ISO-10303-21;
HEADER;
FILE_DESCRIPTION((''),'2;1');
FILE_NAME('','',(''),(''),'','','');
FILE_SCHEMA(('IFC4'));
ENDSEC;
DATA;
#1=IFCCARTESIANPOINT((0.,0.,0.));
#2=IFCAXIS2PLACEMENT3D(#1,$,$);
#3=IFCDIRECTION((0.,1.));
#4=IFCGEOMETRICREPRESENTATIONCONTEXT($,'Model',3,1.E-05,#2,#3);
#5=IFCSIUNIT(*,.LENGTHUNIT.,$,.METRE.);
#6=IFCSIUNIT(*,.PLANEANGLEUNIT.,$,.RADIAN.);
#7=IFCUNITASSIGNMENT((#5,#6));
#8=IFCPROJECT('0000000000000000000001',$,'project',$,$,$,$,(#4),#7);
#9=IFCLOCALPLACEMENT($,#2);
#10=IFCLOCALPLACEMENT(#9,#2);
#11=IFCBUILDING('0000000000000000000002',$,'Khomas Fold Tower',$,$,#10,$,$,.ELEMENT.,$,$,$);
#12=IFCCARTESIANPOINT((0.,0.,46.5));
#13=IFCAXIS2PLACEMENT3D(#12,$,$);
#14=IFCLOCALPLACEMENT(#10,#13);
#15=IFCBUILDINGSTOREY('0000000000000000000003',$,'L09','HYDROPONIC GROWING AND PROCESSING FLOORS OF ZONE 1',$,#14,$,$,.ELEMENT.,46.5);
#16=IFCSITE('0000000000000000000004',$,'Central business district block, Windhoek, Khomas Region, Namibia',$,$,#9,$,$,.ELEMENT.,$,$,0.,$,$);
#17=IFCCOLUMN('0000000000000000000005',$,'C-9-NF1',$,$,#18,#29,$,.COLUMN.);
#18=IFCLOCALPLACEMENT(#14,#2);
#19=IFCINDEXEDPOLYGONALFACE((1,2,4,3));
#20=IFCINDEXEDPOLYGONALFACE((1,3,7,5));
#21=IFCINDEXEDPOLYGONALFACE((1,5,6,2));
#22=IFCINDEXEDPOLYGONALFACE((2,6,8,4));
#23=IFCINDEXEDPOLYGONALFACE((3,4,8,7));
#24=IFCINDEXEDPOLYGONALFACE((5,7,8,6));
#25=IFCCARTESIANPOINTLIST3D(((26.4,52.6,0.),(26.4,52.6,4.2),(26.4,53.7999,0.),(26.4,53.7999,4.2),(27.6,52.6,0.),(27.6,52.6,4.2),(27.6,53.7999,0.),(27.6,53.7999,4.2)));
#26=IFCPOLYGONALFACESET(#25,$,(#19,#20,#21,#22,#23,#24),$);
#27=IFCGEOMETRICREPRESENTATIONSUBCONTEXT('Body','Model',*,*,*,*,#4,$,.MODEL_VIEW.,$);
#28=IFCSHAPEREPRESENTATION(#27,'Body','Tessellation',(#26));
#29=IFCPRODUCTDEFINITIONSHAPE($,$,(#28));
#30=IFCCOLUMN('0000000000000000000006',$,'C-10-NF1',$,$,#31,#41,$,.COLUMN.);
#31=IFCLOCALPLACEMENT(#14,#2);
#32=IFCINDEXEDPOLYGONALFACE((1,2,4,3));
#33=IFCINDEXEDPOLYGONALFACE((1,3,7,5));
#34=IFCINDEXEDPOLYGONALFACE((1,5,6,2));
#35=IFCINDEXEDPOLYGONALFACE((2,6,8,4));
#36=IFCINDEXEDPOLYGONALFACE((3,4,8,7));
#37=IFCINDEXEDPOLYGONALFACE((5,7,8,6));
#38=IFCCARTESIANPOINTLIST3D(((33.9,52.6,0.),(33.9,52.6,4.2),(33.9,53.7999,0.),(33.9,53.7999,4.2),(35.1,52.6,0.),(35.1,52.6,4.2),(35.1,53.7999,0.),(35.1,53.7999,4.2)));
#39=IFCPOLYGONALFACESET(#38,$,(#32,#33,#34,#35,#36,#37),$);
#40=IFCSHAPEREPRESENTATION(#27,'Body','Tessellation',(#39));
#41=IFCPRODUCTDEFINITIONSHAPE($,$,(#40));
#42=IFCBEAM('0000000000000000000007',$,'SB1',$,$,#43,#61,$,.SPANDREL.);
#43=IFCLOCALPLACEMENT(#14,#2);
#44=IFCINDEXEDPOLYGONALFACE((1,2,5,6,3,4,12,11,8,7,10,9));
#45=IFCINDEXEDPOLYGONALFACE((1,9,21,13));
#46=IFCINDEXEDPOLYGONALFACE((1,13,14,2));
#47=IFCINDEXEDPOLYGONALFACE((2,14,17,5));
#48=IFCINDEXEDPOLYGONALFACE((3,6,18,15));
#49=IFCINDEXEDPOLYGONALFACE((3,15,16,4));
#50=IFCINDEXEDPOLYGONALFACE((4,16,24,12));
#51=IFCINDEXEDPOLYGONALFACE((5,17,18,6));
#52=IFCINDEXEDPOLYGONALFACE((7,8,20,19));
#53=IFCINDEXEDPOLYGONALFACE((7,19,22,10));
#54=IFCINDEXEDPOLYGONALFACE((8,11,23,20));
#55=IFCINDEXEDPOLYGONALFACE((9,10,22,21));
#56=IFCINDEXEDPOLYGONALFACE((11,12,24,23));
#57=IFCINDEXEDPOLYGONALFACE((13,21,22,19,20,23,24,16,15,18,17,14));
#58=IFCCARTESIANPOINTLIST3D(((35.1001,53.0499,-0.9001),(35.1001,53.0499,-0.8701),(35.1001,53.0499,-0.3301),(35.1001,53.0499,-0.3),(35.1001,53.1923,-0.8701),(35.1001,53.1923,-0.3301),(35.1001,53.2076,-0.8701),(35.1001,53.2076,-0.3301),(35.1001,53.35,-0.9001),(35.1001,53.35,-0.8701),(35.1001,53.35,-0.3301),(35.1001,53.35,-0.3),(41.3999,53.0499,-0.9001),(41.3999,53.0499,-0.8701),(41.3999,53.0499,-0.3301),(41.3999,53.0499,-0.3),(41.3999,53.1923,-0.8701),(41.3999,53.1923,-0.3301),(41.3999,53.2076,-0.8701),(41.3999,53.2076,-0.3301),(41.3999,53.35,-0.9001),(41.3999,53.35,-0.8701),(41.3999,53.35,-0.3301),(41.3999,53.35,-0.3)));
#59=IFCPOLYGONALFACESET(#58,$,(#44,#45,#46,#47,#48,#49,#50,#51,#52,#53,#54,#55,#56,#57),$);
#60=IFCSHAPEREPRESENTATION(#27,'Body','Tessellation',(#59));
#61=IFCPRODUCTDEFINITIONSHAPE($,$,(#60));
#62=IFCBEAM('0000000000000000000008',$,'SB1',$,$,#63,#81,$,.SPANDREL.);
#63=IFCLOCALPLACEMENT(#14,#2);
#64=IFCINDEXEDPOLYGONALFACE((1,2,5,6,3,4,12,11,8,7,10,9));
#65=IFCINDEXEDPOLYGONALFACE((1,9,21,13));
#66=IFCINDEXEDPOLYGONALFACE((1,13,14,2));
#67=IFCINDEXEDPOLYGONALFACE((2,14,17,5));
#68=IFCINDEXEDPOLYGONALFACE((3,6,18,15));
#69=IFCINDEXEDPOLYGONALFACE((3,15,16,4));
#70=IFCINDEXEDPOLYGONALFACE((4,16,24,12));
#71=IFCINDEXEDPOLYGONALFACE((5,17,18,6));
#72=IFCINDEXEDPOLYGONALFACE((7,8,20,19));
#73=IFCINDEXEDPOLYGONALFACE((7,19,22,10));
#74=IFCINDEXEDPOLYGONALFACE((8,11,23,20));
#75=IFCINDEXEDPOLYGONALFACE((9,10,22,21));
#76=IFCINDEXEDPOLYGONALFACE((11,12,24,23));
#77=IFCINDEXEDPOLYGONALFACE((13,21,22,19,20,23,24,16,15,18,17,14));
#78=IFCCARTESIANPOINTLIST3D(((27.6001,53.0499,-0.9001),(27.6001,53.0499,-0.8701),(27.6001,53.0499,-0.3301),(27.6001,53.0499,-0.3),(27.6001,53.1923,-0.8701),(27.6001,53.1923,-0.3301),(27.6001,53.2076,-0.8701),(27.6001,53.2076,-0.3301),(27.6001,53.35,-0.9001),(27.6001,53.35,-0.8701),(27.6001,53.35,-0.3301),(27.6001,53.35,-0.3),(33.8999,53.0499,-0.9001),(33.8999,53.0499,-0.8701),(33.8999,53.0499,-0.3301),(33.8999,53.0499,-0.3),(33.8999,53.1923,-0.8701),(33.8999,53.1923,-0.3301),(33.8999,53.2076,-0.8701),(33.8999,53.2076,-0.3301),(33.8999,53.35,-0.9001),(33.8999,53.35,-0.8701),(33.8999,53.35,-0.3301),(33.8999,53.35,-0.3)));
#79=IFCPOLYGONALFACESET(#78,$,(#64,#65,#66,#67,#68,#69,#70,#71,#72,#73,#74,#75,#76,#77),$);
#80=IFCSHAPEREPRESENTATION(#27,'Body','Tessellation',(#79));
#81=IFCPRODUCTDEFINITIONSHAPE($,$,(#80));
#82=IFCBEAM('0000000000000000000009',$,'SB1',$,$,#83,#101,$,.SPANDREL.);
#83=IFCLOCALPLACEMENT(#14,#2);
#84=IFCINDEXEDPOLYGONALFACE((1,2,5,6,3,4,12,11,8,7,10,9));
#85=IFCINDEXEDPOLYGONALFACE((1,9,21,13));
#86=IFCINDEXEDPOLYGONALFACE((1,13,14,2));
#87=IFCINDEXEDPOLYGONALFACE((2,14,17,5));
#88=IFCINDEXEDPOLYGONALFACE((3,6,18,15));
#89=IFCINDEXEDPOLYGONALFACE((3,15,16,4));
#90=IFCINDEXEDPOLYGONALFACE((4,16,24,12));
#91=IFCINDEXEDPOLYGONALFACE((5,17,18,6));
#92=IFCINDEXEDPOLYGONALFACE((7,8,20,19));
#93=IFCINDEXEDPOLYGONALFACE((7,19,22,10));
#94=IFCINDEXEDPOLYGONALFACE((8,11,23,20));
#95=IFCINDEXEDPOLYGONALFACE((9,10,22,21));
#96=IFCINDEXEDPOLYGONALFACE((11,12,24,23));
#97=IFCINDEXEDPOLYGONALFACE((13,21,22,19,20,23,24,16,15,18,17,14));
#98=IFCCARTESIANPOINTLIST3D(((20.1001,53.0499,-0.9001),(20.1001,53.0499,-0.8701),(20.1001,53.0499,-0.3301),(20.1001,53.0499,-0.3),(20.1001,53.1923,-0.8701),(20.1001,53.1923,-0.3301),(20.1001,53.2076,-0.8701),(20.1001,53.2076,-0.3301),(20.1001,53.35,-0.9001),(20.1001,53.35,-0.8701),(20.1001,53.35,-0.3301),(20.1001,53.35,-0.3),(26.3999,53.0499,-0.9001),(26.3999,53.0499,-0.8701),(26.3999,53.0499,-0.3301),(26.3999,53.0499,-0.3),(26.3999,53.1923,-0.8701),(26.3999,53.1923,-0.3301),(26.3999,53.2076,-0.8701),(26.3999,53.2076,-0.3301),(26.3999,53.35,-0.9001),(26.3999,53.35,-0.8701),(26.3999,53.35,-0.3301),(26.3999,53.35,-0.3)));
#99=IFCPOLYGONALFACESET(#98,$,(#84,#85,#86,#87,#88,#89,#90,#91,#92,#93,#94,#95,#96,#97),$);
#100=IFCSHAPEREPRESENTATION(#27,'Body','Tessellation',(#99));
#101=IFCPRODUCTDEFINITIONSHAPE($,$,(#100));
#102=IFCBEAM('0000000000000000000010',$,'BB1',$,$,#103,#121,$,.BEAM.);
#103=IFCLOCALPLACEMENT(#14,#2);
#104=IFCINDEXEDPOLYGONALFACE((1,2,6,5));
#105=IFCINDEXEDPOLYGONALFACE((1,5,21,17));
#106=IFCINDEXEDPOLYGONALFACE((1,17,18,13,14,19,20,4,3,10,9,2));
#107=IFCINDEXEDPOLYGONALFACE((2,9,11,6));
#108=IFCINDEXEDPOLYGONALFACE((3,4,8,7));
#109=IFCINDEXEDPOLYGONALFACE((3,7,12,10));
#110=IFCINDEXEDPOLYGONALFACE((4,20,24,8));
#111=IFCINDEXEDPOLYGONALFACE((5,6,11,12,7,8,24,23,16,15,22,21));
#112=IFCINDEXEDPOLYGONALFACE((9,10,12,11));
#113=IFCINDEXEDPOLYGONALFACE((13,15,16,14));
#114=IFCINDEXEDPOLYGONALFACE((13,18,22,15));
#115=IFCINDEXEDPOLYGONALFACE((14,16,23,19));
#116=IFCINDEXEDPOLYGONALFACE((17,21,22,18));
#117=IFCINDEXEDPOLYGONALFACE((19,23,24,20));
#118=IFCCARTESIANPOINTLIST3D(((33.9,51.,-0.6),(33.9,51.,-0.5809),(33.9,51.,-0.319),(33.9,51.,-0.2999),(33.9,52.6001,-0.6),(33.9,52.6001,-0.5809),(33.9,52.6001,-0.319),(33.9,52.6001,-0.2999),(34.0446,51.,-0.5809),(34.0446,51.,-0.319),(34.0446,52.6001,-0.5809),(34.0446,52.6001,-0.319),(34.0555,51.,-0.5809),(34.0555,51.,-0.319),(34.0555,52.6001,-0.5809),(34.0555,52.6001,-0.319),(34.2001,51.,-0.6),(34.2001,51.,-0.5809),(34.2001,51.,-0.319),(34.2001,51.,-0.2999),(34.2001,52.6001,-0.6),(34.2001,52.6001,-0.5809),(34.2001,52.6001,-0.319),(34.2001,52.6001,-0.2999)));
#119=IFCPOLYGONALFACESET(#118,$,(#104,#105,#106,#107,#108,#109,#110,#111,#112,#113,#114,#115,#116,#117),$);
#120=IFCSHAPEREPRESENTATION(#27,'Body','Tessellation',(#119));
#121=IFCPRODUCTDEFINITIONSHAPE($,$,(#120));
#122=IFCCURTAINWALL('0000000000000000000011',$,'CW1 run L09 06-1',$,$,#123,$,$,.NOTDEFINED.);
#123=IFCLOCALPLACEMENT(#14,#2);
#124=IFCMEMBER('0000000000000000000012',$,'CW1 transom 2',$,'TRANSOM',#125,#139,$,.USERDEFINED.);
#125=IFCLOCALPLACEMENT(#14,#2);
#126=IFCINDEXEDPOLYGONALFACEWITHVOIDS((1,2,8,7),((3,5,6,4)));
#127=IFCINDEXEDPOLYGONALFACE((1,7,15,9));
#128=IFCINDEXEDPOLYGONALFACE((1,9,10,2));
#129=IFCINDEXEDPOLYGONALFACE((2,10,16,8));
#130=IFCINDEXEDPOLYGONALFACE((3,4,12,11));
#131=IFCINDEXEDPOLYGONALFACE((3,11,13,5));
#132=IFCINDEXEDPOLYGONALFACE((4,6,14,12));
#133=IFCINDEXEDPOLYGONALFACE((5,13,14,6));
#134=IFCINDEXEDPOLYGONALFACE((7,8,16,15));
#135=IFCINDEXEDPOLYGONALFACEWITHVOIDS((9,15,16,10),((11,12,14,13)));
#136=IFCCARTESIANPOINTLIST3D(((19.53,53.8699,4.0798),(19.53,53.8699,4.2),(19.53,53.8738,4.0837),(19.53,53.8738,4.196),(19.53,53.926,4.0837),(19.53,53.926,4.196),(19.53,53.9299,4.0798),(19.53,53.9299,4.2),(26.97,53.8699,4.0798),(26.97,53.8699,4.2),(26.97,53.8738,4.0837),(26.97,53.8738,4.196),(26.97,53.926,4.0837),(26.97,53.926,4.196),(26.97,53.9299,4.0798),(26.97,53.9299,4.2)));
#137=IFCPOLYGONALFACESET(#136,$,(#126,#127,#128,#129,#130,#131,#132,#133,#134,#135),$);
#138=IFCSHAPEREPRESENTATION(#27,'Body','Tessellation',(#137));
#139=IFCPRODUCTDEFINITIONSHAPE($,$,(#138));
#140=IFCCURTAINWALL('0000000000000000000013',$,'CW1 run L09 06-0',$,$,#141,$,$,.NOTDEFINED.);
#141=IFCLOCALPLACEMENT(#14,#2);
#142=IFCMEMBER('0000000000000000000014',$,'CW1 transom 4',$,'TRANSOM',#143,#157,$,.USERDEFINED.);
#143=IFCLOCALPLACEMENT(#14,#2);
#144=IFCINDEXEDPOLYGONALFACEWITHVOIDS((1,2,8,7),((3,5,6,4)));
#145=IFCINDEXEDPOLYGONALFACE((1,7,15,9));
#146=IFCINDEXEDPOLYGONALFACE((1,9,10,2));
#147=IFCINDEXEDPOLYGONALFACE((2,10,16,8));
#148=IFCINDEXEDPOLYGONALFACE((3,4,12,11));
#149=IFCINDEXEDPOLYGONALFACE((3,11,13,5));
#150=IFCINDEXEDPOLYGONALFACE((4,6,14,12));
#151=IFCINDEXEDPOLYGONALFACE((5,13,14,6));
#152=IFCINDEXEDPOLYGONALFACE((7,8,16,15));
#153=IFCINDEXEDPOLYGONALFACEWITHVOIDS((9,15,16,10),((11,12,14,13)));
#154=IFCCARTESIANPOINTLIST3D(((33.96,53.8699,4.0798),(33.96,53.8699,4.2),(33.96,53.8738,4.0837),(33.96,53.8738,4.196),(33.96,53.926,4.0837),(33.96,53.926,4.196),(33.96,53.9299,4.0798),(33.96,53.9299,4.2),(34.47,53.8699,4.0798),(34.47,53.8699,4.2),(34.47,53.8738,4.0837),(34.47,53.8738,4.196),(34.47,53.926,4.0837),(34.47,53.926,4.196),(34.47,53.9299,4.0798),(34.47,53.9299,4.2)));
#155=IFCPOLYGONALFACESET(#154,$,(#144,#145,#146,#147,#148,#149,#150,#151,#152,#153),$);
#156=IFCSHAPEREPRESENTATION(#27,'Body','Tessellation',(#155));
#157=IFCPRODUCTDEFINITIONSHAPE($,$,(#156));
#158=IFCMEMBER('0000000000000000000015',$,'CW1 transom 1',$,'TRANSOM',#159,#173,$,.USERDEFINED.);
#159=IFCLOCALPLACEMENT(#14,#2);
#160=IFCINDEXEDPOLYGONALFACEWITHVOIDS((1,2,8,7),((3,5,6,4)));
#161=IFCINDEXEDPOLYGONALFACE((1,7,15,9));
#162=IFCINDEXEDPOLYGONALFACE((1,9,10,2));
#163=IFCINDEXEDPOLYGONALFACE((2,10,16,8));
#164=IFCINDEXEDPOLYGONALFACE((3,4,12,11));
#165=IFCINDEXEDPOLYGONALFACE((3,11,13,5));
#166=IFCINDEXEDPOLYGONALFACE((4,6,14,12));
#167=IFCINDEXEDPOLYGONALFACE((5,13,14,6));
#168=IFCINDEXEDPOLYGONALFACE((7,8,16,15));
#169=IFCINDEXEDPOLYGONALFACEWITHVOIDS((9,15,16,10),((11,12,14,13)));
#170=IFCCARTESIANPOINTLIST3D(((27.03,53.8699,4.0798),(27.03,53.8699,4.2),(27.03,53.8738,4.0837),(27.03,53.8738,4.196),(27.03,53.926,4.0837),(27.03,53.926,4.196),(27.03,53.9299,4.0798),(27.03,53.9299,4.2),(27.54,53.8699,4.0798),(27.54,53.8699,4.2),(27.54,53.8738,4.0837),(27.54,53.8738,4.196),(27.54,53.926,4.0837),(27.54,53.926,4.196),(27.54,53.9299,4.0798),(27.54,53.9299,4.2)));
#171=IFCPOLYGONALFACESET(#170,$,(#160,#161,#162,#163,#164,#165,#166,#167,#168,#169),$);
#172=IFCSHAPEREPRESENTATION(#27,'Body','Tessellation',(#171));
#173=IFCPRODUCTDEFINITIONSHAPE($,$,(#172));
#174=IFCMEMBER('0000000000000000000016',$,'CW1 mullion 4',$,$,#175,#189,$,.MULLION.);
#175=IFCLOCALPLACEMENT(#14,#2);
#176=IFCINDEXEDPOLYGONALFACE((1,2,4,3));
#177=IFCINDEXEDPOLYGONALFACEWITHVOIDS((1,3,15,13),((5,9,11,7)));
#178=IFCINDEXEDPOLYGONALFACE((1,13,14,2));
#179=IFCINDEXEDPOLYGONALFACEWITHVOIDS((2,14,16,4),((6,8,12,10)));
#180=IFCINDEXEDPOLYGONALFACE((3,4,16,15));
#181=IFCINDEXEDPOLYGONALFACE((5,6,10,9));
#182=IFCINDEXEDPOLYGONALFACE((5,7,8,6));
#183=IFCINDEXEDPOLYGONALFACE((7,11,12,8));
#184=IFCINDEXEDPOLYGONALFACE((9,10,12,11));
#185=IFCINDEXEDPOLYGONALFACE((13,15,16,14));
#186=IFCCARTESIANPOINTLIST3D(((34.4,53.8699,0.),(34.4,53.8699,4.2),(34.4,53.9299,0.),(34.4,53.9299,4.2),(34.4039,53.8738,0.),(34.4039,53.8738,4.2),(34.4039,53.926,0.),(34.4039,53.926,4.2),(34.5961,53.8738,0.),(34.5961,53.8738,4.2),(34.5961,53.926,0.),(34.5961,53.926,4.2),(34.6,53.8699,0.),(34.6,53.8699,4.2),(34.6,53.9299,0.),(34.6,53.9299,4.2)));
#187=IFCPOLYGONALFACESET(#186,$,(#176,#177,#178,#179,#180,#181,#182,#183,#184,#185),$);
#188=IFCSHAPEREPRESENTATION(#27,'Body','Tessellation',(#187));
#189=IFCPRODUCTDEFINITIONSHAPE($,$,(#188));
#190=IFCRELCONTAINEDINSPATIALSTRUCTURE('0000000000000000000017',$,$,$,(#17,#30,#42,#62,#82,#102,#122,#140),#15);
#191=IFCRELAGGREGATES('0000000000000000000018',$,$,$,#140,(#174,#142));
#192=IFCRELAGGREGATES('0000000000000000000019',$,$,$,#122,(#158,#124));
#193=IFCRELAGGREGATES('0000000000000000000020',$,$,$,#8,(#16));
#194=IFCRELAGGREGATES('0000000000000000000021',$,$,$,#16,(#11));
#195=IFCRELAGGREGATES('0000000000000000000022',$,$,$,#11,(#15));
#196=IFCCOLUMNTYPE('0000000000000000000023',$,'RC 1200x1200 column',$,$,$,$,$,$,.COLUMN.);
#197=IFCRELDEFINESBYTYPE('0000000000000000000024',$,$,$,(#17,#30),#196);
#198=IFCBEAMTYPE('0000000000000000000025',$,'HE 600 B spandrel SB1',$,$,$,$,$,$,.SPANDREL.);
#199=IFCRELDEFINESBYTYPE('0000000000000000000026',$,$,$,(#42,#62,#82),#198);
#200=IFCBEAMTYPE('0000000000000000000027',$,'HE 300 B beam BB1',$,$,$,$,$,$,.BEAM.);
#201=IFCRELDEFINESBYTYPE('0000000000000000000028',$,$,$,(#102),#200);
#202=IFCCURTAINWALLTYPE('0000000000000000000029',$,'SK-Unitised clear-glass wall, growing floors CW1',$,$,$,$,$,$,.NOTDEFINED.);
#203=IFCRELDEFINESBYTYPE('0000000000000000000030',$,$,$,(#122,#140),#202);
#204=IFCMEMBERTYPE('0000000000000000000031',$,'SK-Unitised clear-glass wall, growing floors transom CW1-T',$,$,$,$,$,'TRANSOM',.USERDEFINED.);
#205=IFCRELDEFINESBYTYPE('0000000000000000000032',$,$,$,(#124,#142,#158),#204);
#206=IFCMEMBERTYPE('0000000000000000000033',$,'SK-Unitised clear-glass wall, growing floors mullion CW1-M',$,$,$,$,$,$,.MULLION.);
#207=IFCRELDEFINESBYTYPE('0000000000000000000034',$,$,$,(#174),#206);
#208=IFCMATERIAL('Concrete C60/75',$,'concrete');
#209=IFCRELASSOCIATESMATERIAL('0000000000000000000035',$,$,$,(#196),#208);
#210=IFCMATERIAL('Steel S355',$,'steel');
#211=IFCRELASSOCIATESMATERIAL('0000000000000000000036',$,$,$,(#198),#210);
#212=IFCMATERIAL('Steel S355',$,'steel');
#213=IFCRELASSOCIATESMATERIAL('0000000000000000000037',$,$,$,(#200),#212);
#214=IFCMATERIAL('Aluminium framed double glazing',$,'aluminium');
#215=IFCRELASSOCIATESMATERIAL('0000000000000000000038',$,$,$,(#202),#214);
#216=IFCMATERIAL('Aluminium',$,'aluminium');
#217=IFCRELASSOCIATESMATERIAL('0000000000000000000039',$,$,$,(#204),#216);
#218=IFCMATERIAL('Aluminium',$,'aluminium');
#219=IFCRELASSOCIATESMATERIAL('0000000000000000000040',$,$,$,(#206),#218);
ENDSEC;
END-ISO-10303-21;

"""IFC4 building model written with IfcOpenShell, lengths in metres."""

from ifc_helpers import new_model, si_unit, direction, frame, origin, origin_2d, place, context, subcontext, project, spatial, rectangle, hollow_rectangle, i_section, extrude, source, transform, mapped, material, material_profile, profile_set, type_object, element, aggregate, save


model = new_model("IFC4")

# Units and contexts
model_context = context("Model", 3, precision=1e-05, world=origin(), true_north=direction((0.0, 1.0)))
body_context = subcontext(model_context, "Body", "Model", "MODEL_VIEW")
ifc_project = project(units=[si_unit("LENGTHUNIT", "METRE"), si_unit("PLANEANGLEUNIT", "RADIAN")], contexts=[model_context])

# Site, building, storey
site_placement = place(None, origin())
site = spatial("IfcSite", under=ifc_project, at=site_placement, Name="Central business district block, Windhoek, Khomas Region, Namibia", CompositionType="ELEMENT", RefElevation=0.0)
building_placement = place(site_placement, origin())
building = spatial("IfcBuilding", under=site, at=building_placement, Name="Khomas Fold Tower", CompositionType="ELEMENT")
storey_placement = place(building_placement, frame((0.0, 0.0, 46.5)))
storey = spatial("IfcBuildingStorey", under=building, at=storey_placement, Name="L09", Description="HYDROPONIC GROWING AND PROCESSING FLOORS OF ZONE 1", CompositionType="ELEMENT", Elevation=46.5)

# Columns
ifc_material_1 = material(Name="Concrete C60/75", Category="concrete")
ifc_material_profile_1 = material_profile(ifc_material_1, rectangle(XDim=1.2, YDim=1.2, at=origin_2d()), Name="RC 1200x1200")
ifc_profile_set_1 = profile_set([ifc_material_profile_1], Name="Concrete C60/75")
column_type = type_object("IfcColumnType", Name="RC 1200x1200 column", PredefinedType="COLUMN", material=ifc_profile_set_1)
shared_shape_1 = source(origin(), body_context, "Body", "SweptSolid", [
    extrude(rectangle(XDim=1.2, YDim=1.2, at=origin_2d()), origin(), (0.0, 0.0, 1.0), 4.2),
])
for number, where, z_axis, x_axis, name in (
    (1, (27.0, 53.2, 0.0), (0.0, 0.0, 1.0), (1.0, 0.0, 0.0), "C-9-NF1"),
    (2, (34.5, 53.2, 0.0), (0.0, 0.0, 1.0), (1.0, 0.0, 0.0), "C-10-NF1"),
):
    element("IfcColumn", number, at=place(storey_placement, frame(where, z_axis=z_axis, x_axis=x_axis)), inside=storey, type_object=column_type, Name=name, PredefinedType="COLUMN", context=body_context, shape_type="MappedRepresentation", body=[
        mapped(shared_shape_1, transform((0.0, 0.0, 0.0))),
    ])

# Beams
ifc_material_2 = material(Name="Steel S355", Category="steel")
ifc_material_profile_2 = material_profile(ifc_material_2, i_section(OverallWidth=0.3, OverallDepth=0.6001, WebThickness=0.0154, FlangeThickness=0.03, at=origin_2d()), Name="HE 600 B")
ifc_profile_set_2 = profile_set([ifc_material_profile_2], Name="Steel S355")
beam_type_1 = type_object("IfcBeamType", Name="HE 600 B spandrel SB1", PredefinedType="SPANDREL", material=ifc_profile_set_2)
shared_shape_2 = source(origin(), body_context, "Body", "SweptSolid", [
    extrude(i_section(OverallWidth=0.3, OverallDepth=0.6001, WebThickness=0.0154, FlangeThickness=0.03, at=origin_2d()), origin(), (0.0, 0.0, 1.0), 6.2998),
])
for number, where, z_axis, x_axis, name in (
    (3, (35.1001, 53.2, -0.6001), (1.0, 0.0, 0.0), (0.0, 1.0, 0.0), "SB1"),
    (4, (27.6001, 53.2, -0.6001), (1.0, 0.0, 0.0), (0.0, 1.0, 0.0), "SB1"),
    (5, (20.1001, 53.2, -0.6001), (1.0, 0.0, 0.0), (0.0, 1.0, 0.0), "SB1"),
):
    element("IfcBeam", number, at=place(storey_placement, frame(where, z_axis=z_axis, x_axis=x_axis)), inside=storey, type_object=beam_type_1, Name=name, PredefinedType="SPANDREL", context=body_context, shape_type="MappedRepresentation", body=[
        mapped(shared_shape_2, transform((0.0, 0.0, 0.0))),
    ])
ifc_material_3 = material(Name="Steel S355", Category="steel")
ifc_material_profile_3 = material_profile(ifc_material_3, i_section(OverallWidth=0.3, OverallDepth=0.3, WebThickness=0.011, FlangeThickness=0.019, at=origin_2d()), Name="HE 300 B")
ifc_profile_set_3 = profile_set([ifc_material_profile_3], Name="Steel S355")
beam_type_2 = type_object("IfcBeamType", Name="HE 300 B beam BB1", PredefinedType="BEAM", material=ifc_profile_set_3)
shared_shape_3 = source(origin(), body_context, "Body", "SweptSolid", [
    extrude(i_section(OverallWidth=0.3, OverallDepth=0.3, WebThickness=0.011, FlangeThickness=0.019, at=origin_2d()), origin(), (0.0, 0.0, 1.0), 1.6001),
])
beam_placement = place(storey_placement, frame((34.05, 51.0, -0.45), z_axis=(0.0, 1.0, 0.0), x_axis=(-1.0, 0.0, 0.0)))
element("IfcBeam", 6, at=beam_placement, inside=storey, type_object=beam_type_2, Name="BB1", PredefinedType="BEAM", context=body_context, shape_type="MappedRepresentation", body=[
    mapped(shared_shape_3, transform((0.0, 0.0, 0.0))),
])

# Curtain walls, members
ifc_material_4 = material(Name="Aluminium framed double glazing", Category="aluminium")
curtain_wall_type = type_object("IfcCurtainWallType", Name="SK-Unitised clear-glass wall, growing floors CW1", PredefinedType="NOTDEFINED", material=ifc_material_4)
curtain_wall_1_placement = place(storey_placement, origin())
curtain_wall_1 = element("IfcCurtainWall", 7, at=curtain_wall_1_placement, inside=storey, type_object=curtain_wall_type, Name="CW1 run L09 06-1", PredefinedType="NOTDEFINED")
ifc_material_5 = material(Name="Aluminium", Category="aluminium")
ifc_material_profile_4 = material_profile(ifc_material_5, hollow_rectangle(XDim=0.0601, YDim=0.1201, WallThickness=0.0039, at=origin_2d()), Name="SK-Unitised clear-glass wall, growing floors transom CW1-T")
ifc_profile_set_4 = profile_set([ifc_material_profile_4], Name="Aluminium")
member_type_1 = type_object("IfcMemberType", Name="SK-Unitised clear-glass wall, growing floors transom CW1-T", ElementType="TRANSOM", PredefinedType="USERDEFINED", material=ifc_profile_set_4)
shared_shape_4 = source(origin(), body_context, "Body", "SweptSolid", [
    extrude(hollow_rectangle(XDim=0.0601, YDim=0.1201, WallThickness=0.0039, at=origin_2d()), origin(), (0.0, 0.0, 1.0), 7.4399),
])
member_1_placement = place(storey_placement, frame((26.97, 53.8999, 4.1399), z_axis=(-1.0, 0.0, 0.0), x_axis=(0.0, -1.0, 0.0)))
member_1 = element("IfcMember", 8, at=member_1_placement, type_object=member_type_1, Name="CW1 transom 2", ObjectType="TRANSOM", PredefinedType="USERDEFINED", context=body_context, shape_type="MappedRepresentation", body=[
    mapped(shared_shape_4, transform((0.0, 0.0, 0.0))),
])
curtain_wall_2_placement = place(storey_placement, origin())
curtain_wall_2 = element("IfcCurtainWall", 9, at=curtain_wall_2_placement, inside=storey, type_object=curtain_wall_type, Name="CW1 run L09 06-0", PredefinedType="NOTDEFINED")
shared_shape_5 = source(origin(), body_context, "Body", "SweptSolid", [
    extrude(hollow_rectangle(XDim=0.0601, YDim=0.1201, WallThickness=0.0039, at=origin_2d()), origin(), (0.0, 0.0, 1.0), 0.51),
])
member_2_placement = place(storey_placement, frame((34.47, 53.8999, 4.1399), z_axis=(-1.0, 0.0, 0.0), x_axis=(0.0, -1.0, 0.0)))
member_2 = element("IfcMember", 10, at=member_2_placement, type_object=member_type_1, Name="CW1 transom 4", ObjectType="TRANSOM", PredefinedType="USERDEFINED", context=body_context, shape_type="MappedRepresentation", body=[
    mapped(shared_shape_5, transform((0.0, 0.0, 0.0))),
])

# Members
member_3_placement = place(storey_placement, frame((27.54, 53.8999, 4.1399), z_axis=(-1.0, 0.0, 0.0), x_axis=(0.0, -1.0, 0.0)))
member_3 = element("IfcMember", 11, at=member_3_placement, type_object=member_type_1, Name="CW1 transom 1", ObjectType="TRANSOM", PredefinedType="USERDEFINED", context=body_context, shape_type="MappedRepresentation", body=[
    mapped(shared_shape_5, transform((0.0, 0.0, 0.0))),
])
ifc_material_6 = material(Name="Aluminium", Category="aluminium")
ifc_material_profile_5 = material_profile(ifc_material_6, hollow_rectangle(XDim=0.0601, YDim=0.2, WallThickness=0.0039, at=origin_2d()), Name="SK-Unitised clear-glass wall, growing floors mullion CW1-M")
ifc_profile_set_5 = profile_set([ifc_material_profile_5], Name="Aluminium")
member_type_2 = type_object("IfcMemberType", Name="SK-Unitised clear-glass wall, growing floors mullion CW1-M", PredefinedType="MULLION", material=ifc_profile_set_5)
shared_shape_6 = source(origin(), body_context, "Body", "SweptSolid", [
    extrude(hollow_rectangle(XDim=0.0601, YDim=0.2, WallThickness=0.0039, at=origin_2d()), origin(), (0.0, 0.0, 1.0), 4.2),
])
member_4_placement = place(storey_placement, frame((34.5, 53.8999, 0.0), z_axis=(0.0, 0.0, 1.0), x_axis=(0.0, -1.0, 0.0)))
member_4 = element("IfcMember", 12, at=member_4_placement, type_object=member_type_2, Name="CW1 mullion 4", PredefinedType="MULLION", context=body_context, shape_type="MappedRepresentation", body=[
    mapped(shared_shape_6, transform((0.0, 0.0, 0.0))),
])

aggregate(curtain_wall_2, [member_4, member_2])
aggregate(curtain_wall_1, [member_3, member_1])

save(model, "model.ifc")
